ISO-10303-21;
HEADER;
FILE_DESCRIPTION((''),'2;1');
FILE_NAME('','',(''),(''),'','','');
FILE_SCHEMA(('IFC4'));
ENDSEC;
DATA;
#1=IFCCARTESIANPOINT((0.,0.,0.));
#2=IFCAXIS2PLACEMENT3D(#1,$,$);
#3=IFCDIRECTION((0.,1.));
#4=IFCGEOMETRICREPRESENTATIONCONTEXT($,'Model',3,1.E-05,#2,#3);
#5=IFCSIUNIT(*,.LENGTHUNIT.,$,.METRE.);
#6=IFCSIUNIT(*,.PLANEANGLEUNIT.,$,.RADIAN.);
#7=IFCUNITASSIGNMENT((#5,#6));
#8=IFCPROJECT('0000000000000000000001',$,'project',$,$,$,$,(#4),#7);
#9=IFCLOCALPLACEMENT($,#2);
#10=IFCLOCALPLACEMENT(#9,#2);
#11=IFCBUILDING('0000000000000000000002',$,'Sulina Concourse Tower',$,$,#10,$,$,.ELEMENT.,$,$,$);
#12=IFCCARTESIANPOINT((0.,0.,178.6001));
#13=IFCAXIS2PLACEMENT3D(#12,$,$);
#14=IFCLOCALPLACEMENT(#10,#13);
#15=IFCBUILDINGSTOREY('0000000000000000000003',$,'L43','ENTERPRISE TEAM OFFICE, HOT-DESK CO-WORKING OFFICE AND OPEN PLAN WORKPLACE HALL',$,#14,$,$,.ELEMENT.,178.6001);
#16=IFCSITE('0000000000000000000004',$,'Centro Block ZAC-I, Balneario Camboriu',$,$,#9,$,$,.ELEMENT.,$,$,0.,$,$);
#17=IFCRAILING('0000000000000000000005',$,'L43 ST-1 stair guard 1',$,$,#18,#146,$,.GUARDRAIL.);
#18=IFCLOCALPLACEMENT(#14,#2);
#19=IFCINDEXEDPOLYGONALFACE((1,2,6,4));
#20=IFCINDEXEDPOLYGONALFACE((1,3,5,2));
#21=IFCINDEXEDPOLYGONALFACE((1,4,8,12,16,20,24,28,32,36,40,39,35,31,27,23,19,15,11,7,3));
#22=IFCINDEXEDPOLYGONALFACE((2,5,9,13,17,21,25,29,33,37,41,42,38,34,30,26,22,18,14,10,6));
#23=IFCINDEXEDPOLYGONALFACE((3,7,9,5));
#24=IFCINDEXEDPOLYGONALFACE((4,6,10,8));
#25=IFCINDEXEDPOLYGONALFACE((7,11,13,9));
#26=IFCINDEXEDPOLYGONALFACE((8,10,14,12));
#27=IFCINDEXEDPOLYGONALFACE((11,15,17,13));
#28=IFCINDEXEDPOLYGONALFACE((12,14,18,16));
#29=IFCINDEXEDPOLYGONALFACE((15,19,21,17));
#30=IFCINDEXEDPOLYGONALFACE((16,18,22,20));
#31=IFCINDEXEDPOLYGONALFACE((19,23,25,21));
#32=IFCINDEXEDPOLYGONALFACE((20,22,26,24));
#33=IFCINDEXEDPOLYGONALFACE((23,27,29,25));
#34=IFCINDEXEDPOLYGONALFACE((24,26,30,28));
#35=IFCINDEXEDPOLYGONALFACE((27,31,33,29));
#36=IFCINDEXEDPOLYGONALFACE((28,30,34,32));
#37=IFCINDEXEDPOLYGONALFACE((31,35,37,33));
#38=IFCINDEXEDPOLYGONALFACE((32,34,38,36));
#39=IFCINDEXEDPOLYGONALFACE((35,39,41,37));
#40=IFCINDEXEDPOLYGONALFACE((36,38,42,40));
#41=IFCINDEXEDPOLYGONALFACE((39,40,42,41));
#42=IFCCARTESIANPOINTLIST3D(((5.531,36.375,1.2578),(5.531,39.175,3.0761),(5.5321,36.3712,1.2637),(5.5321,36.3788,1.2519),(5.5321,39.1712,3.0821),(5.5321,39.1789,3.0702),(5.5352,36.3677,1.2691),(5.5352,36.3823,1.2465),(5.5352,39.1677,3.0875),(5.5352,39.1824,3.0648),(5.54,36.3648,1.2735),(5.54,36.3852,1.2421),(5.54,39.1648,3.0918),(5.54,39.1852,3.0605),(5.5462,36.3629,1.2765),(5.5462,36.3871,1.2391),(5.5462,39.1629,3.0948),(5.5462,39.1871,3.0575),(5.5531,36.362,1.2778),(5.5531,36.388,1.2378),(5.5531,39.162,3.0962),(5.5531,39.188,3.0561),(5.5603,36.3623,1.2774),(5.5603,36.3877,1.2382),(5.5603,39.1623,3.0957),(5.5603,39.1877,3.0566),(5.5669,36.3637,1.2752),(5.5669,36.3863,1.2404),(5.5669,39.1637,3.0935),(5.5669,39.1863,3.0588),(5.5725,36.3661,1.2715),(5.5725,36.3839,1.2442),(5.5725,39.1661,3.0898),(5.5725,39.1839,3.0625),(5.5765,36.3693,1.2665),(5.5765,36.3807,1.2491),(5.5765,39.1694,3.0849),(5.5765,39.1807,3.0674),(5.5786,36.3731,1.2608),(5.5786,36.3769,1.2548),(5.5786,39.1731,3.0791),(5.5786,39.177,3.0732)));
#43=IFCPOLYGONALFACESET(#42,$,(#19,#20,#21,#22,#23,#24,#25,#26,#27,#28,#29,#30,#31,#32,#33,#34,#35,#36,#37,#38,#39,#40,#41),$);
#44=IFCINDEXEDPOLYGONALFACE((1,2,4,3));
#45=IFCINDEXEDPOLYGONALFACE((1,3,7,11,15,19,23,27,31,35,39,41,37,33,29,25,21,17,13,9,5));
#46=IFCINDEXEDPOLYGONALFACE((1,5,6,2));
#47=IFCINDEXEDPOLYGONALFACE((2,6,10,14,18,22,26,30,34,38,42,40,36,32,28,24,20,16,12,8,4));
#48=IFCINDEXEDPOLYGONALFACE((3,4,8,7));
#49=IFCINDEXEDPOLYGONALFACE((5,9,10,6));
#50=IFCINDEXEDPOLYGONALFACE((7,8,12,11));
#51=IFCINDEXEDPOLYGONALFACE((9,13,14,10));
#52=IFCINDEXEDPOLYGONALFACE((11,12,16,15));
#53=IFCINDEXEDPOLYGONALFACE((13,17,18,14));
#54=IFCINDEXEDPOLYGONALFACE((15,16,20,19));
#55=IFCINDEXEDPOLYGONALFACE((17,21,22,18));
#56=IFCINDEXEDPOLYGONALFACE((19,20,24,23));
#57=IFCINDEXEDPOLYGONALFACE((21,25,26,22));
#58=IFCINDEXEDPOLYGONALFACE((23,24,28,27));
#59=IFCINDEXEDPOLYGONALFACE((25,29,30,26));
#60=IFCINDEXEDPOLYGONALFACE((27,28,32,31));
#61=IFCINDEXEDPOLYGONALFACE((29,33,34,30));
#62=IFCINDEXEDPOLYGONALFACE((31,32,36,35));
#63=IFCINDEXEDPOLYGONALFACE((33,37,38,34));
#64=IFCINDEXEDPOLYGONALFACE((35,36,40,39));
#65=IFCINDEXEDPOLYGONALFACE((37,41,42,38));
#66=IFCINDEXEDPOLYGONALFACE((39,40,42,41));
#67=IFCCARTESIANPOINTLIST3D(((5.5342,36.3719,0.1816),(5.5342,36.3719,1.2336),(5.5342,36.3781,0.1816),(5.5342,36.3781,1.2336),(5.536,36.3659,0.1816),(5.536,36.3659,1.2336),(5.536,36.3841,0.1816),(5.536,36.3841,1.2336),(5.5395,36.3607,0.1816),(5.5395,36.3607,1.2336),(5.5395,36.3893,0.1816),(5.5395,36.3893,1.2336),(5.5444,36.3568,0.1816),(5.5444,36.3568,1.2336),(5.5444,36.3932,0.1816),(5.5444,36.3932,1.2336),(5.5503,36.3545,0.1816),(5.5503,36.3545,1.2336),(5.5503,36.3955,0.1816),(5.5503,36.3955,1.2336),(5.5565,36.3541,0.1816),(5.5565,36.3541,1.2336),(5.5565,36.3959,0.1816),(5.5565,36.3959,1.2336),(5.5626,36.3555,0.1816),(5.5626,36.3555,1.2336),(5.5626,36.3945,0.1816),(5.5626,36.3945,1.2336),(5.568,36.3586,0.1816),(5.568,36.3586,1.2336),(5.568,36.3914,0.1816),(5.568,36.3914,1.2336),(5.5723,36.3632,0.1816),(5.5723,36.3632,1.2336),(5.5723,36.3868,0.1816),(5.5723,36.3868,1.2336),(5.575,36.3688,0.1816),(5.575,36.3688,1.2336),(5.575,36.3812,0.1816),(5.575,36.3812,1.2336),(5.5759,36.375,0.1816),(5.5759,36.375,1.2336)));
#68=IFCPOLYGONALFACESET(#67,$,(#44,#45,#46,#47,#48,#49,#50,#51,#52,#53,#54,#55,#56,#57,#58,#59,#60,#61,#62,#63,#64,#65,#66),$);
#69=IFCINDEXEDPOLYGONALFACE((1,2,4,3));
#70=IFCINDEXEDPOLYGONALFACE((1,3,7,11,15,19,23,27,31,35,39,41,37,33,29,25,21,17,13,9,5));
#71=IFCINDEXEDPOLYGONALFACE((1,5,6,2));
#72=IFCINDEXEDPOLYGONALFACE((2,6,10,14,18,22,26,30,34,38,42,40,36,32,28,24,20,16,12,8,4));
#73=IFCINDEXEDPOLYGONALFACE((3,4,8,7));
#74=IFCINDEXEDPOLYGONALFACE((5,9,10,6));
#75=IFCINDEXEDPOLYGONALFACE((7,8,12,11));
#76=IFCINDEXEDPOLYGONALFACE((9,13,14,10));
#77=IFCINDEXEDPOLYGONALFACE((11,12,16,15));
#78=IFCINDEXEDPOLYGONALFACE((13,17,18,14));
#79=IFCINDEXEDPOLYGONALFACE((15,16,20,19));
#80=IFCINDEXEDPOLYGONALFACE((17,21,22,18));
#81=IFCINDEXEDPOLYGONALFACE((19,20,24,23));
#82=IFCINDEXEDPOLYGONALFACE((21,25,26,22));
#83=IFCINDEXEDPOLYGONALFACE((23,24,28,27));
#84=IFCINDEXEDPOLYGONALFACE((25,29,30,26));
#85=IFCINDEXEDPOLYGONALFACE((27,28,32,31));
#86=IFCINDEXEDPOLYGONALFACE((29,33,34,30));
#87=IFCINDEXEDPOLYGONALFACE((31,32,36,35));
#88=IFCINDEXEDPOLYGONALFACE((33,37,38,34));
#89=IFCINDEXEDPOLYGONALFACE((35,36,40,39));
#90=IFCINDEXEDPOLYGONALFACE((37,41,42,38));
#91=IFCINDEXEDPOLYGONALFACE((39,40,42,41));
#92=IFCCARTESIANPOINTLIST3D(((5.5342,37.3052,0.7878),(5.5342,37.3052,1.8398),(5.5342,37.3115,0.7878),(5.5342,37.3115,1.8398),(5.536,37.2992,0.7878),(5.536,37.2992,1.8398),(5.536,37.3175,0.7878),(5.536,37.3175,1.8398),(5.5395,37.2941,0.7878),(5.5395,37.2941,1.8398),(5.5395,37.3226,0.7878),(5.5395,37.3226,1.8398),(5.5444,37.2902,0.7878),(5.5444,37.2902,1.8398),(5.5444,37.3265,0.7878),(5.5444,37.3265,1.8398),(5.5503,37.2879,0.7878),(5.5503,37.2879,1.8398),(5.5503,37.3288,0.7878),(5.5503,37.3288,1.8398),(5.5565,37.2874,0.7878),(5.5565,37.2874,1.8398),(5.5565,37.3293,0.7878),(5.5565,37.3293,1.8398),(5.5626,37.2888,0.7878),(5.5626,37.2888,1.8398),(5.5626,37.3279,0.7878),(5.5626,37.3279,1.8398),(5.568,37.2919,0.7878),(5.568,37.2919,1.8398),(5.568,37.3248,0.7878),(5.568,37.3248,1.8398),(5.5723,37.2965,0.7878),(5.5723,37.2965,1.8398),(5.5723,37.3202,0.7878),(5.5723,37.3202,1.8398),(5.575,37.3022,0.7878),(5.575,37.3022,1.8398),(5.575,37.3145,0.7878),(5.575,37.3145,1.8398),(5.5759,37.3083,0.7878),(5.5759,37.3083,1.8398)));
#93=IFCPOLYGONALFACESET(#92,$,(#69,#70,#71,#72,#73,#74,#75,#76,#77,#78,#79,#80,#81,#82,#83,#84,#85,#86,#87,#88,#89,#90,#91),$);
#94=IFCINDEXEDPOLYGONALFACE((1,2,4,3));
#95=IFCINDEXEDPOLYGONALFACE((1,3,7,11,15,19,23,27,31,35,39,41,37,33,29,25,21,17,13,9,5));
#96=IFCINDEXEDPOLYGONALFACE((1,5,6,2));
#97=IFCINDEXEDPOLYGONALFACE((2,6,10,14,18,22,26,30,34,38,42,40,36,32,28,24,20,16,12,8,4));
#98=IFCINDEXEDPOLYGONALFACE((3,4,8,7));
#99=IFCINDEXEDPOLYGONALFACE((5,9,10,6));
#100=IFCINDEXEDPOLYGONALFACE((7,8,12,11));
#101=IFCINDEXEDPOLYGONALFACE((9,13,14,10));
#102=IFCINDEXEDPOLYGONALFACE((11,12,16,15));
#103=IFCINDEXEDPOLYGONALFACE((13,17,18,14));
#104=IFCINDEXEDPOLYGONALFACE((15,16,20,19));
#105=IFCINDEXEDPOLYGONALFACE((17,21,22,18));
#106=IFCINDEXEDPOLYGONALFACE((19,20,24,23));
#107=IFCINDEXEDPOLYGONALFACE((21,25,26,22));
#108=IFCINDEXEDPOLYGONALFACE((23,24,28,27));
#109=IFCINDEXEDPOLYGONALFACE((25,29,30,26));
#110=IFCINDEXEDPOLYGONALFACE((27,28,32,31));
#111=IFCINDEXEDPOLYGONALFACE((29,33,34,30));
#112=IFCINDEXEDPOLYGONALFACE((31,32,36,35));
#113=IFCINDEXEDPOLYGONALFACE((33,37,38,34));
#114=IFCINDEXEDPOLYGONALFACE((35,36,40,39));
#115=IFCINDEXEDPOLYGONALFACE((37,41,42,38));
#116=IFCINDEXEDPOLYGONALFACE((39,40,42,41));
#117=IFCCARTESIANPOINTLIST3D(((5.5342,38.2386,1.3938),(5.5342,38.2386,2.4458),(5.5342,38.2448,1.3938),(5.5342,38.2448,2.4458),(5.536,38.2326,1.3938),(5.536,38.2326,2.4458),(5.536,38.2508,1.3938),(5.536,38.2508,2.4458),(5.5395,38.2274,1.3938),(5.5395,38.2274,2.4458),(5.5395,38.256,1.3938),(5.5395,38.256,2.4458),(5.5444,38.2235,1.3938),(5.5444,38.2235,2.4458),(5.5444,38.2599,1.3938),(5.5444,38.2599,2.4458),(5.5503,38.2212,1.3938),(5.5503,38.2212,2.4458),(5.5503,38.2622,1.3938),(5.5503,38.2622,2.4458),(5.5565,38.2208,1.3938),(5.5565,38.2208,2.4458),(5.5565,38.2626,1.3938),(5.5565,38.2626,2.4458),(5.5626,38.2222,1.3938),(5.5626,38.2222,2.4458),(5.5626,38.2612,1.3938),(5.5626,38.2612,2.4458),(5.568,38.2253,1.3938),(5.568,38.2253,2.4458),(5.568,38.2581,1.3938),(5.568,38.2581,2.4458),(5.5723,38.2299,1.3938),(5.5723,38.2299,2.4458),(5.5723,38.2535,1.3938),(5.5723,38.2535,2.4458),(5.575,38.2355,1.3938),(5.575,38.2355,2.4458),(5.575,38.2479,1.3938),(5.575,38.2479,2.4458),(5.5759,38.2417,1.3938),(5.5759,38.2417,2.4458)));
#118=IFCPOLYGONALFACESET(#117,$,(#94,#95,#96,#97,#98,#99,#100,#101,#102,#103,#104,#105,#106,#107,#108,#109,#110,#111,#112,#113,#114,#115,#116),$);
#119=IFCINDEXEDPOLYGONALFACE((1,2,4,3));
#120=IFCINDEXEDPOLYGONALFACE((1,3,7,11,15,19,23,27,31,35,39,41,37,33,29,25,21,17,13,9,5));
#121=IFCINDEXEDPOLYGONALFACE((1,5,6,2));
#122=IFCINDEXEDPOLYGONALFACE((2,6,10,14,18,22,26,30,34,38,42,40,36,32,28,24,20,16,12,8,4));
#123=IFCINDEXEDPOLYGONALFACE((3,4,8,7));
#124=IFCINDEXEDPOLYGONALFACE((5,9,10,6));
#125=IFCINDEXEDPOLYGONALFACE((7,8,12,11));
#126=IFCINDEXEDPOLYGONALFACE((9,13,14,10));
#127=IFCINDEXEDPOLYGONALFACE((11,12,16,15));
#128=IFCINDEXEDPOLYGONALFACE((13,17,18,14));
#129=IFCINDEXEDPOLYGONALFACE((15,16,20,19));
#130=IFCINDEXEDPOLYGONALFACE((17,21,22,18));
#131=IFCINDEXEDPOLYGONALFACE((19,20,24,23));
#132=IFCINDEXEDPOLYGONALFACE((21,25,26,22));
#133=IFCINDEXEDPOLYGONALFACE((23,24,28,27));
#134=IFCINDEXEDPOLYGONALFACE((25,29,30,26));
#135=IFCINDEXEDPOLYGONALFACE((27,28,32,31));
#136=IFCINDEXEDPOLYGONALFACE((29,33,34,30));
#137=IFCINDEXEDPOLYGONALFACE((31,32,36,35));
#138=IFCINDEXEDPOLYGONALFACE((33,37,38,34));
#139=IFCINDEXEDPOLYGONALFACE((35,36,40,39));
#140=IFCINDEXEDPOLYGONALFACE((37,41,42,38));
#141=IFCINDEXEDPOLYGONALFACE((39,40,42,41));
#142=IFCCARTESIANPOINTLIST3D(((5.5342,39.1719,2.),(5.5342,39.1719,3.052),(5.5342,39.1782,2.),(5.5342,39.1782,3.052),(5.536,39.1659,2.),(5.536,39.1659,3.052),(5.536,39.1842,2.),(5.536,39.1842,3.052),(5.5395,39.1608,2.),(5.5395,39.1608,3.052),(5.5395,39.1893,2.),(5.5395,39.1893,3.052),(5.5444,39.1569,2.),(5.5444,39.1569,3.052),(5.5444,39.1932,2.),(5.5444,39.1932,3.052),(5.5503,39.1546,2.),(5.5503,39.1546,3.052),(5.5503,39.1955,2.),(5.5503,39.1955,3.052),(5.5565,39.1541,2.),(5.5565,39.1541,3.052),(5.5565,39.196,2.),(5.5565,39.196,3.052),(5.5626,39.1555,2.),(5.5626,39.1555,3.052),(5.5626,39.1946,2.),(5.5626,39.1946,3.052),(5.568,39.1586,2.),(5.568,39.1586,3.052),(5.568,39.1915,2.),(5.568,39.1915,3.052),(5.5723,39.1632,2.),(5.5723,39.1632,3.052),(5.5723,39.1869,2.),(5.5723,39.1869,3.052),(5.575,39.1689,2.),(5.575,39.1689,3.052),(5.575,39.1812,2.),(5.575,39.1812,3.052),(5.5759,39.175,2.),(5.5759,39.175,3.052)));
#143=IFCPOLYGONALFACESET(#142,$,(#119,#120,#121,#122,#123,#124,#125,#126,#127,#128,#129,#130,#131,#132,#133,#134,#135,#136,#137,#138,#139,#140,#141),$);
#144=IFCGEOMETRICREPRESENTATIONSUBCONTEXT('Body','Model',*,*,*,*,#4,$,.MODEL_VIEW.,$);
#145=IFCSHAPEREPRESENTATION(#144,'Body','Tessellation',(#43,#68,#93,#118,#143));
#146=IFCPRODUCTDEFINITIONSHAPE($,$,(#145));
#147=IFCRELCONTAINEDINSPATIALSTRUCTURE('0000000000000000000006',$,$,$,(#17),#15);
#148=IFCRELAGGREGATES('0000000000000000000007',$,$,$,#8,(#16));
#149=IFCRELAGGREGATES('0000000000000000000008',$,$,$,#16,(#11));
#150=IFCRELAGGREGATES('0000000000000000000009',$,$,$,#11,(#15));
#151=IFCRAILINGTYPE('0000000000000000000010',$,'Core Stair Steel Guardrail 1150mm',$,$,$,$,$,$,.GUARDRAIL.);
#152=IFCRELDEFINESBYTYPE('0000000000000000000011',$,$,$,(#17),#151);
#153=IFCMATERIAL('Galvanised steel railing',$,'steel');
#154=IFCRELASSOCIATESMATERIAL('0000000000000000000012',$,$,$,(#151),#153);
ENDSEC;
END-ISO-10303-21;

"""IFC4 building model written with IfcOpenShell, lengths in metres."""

from ifc_helpers import new_model, si_unit, direction, frame, origin, origin_2d, place, context, subcontext, project, spatial, circle, extrude, material, type_object, element, save


model = new_model("IFC4")

# Units and contexts
model_context = context("Model", 3, precision=1e-05, world=origin(), true_north=direction((0.0, 1.0)))
body_context = subcontext(model_context, "Body", "Model", "MODEL_VIEW")
ifc_project = project(units=[si_unit("LENGTHUNIT", "METRE"), si_unit("PLANEANGLEUNIT", "RADIAN")], contexts=[model_context])

# Site, building, storey
site_placement = place(None, origin())
site = spatial("IfcSite", under=ifc_project, at=site_placement, Name="Centro Block ZAC-I, Balneario Camboriu", CompositionType="ELEMENT", RefElevation=0.0)
building_placement = place(site_placement, origin())
building = spatial("IfcBuilding", under=site, at=building_placement, Name="Sulina Concourse Tower", CompositionType="ELEMENT")
storey_placement = place(building_placement, frame((0.0, 0.0, 178.6001)))
storey = spatial("IfcBuildingStorey", under=building, at=storey_placement, Name="L43", Description="ENTERPRISE TEAM OFFICE, HOT-DESK CO-WORKING OFFICE AND OPEN PLAN WORKPLACE HALL", CompositionType="ELEMENT", Elevation=178.6001)

# Railing
ifc_material_1 = material(Name="Galvanised steel railing", Category="steel")
railing_type = type_object("IfcRailingType", Name="Core Stair Steel Guardrail 1150mm", PredefinedType="GUARDRAIL", material=ifc_material_1)
railing_1_placement = place(storey_placement, frame((5.5549, 36.375, 0.1816)))
element("IfcRailing", 1, at=railing_1_placement, inside=storey, type_object=railing_type, Name="L43 ST-1 stair guard 1", PredefinedType="GUARDRAIL", context=body_context, shape_type="SweptSolid", body=[
    extrude(circle(Radius=0.0239, at=origin_2d()), frame((0.0, 0.0, 1.0762), z_axis=(0.0, 0.838672, 0.544636), x_axis=(-1.0, 0.0, 0.0)), (0.0, 0.0, 1.0), 3.3386),
    extrude(circle(Radius=0.021, at=origin_2d()), origin(), (0.0, 0.0, 1.0), 1.052),
    extrude(circle(Radius=0.021, at=origin_2d()), frame((0.0, 0.9333, 0.6062)), (0.0, 0.0, 1.0), 1.052),
    extrude(circle(Radius=0.021, at=origin_2d()), frame((0.0, 1.8667, 1.2122)), (0.0, 0.0, 1.0), 1.052),
    extrude(circle(Radius=0.021, at=origin_2d()), frame((0.0, 2.8, 1.8184)), (0.0, 0.0, 1.0), 1.052),
])

save(model, "model.ifc")
